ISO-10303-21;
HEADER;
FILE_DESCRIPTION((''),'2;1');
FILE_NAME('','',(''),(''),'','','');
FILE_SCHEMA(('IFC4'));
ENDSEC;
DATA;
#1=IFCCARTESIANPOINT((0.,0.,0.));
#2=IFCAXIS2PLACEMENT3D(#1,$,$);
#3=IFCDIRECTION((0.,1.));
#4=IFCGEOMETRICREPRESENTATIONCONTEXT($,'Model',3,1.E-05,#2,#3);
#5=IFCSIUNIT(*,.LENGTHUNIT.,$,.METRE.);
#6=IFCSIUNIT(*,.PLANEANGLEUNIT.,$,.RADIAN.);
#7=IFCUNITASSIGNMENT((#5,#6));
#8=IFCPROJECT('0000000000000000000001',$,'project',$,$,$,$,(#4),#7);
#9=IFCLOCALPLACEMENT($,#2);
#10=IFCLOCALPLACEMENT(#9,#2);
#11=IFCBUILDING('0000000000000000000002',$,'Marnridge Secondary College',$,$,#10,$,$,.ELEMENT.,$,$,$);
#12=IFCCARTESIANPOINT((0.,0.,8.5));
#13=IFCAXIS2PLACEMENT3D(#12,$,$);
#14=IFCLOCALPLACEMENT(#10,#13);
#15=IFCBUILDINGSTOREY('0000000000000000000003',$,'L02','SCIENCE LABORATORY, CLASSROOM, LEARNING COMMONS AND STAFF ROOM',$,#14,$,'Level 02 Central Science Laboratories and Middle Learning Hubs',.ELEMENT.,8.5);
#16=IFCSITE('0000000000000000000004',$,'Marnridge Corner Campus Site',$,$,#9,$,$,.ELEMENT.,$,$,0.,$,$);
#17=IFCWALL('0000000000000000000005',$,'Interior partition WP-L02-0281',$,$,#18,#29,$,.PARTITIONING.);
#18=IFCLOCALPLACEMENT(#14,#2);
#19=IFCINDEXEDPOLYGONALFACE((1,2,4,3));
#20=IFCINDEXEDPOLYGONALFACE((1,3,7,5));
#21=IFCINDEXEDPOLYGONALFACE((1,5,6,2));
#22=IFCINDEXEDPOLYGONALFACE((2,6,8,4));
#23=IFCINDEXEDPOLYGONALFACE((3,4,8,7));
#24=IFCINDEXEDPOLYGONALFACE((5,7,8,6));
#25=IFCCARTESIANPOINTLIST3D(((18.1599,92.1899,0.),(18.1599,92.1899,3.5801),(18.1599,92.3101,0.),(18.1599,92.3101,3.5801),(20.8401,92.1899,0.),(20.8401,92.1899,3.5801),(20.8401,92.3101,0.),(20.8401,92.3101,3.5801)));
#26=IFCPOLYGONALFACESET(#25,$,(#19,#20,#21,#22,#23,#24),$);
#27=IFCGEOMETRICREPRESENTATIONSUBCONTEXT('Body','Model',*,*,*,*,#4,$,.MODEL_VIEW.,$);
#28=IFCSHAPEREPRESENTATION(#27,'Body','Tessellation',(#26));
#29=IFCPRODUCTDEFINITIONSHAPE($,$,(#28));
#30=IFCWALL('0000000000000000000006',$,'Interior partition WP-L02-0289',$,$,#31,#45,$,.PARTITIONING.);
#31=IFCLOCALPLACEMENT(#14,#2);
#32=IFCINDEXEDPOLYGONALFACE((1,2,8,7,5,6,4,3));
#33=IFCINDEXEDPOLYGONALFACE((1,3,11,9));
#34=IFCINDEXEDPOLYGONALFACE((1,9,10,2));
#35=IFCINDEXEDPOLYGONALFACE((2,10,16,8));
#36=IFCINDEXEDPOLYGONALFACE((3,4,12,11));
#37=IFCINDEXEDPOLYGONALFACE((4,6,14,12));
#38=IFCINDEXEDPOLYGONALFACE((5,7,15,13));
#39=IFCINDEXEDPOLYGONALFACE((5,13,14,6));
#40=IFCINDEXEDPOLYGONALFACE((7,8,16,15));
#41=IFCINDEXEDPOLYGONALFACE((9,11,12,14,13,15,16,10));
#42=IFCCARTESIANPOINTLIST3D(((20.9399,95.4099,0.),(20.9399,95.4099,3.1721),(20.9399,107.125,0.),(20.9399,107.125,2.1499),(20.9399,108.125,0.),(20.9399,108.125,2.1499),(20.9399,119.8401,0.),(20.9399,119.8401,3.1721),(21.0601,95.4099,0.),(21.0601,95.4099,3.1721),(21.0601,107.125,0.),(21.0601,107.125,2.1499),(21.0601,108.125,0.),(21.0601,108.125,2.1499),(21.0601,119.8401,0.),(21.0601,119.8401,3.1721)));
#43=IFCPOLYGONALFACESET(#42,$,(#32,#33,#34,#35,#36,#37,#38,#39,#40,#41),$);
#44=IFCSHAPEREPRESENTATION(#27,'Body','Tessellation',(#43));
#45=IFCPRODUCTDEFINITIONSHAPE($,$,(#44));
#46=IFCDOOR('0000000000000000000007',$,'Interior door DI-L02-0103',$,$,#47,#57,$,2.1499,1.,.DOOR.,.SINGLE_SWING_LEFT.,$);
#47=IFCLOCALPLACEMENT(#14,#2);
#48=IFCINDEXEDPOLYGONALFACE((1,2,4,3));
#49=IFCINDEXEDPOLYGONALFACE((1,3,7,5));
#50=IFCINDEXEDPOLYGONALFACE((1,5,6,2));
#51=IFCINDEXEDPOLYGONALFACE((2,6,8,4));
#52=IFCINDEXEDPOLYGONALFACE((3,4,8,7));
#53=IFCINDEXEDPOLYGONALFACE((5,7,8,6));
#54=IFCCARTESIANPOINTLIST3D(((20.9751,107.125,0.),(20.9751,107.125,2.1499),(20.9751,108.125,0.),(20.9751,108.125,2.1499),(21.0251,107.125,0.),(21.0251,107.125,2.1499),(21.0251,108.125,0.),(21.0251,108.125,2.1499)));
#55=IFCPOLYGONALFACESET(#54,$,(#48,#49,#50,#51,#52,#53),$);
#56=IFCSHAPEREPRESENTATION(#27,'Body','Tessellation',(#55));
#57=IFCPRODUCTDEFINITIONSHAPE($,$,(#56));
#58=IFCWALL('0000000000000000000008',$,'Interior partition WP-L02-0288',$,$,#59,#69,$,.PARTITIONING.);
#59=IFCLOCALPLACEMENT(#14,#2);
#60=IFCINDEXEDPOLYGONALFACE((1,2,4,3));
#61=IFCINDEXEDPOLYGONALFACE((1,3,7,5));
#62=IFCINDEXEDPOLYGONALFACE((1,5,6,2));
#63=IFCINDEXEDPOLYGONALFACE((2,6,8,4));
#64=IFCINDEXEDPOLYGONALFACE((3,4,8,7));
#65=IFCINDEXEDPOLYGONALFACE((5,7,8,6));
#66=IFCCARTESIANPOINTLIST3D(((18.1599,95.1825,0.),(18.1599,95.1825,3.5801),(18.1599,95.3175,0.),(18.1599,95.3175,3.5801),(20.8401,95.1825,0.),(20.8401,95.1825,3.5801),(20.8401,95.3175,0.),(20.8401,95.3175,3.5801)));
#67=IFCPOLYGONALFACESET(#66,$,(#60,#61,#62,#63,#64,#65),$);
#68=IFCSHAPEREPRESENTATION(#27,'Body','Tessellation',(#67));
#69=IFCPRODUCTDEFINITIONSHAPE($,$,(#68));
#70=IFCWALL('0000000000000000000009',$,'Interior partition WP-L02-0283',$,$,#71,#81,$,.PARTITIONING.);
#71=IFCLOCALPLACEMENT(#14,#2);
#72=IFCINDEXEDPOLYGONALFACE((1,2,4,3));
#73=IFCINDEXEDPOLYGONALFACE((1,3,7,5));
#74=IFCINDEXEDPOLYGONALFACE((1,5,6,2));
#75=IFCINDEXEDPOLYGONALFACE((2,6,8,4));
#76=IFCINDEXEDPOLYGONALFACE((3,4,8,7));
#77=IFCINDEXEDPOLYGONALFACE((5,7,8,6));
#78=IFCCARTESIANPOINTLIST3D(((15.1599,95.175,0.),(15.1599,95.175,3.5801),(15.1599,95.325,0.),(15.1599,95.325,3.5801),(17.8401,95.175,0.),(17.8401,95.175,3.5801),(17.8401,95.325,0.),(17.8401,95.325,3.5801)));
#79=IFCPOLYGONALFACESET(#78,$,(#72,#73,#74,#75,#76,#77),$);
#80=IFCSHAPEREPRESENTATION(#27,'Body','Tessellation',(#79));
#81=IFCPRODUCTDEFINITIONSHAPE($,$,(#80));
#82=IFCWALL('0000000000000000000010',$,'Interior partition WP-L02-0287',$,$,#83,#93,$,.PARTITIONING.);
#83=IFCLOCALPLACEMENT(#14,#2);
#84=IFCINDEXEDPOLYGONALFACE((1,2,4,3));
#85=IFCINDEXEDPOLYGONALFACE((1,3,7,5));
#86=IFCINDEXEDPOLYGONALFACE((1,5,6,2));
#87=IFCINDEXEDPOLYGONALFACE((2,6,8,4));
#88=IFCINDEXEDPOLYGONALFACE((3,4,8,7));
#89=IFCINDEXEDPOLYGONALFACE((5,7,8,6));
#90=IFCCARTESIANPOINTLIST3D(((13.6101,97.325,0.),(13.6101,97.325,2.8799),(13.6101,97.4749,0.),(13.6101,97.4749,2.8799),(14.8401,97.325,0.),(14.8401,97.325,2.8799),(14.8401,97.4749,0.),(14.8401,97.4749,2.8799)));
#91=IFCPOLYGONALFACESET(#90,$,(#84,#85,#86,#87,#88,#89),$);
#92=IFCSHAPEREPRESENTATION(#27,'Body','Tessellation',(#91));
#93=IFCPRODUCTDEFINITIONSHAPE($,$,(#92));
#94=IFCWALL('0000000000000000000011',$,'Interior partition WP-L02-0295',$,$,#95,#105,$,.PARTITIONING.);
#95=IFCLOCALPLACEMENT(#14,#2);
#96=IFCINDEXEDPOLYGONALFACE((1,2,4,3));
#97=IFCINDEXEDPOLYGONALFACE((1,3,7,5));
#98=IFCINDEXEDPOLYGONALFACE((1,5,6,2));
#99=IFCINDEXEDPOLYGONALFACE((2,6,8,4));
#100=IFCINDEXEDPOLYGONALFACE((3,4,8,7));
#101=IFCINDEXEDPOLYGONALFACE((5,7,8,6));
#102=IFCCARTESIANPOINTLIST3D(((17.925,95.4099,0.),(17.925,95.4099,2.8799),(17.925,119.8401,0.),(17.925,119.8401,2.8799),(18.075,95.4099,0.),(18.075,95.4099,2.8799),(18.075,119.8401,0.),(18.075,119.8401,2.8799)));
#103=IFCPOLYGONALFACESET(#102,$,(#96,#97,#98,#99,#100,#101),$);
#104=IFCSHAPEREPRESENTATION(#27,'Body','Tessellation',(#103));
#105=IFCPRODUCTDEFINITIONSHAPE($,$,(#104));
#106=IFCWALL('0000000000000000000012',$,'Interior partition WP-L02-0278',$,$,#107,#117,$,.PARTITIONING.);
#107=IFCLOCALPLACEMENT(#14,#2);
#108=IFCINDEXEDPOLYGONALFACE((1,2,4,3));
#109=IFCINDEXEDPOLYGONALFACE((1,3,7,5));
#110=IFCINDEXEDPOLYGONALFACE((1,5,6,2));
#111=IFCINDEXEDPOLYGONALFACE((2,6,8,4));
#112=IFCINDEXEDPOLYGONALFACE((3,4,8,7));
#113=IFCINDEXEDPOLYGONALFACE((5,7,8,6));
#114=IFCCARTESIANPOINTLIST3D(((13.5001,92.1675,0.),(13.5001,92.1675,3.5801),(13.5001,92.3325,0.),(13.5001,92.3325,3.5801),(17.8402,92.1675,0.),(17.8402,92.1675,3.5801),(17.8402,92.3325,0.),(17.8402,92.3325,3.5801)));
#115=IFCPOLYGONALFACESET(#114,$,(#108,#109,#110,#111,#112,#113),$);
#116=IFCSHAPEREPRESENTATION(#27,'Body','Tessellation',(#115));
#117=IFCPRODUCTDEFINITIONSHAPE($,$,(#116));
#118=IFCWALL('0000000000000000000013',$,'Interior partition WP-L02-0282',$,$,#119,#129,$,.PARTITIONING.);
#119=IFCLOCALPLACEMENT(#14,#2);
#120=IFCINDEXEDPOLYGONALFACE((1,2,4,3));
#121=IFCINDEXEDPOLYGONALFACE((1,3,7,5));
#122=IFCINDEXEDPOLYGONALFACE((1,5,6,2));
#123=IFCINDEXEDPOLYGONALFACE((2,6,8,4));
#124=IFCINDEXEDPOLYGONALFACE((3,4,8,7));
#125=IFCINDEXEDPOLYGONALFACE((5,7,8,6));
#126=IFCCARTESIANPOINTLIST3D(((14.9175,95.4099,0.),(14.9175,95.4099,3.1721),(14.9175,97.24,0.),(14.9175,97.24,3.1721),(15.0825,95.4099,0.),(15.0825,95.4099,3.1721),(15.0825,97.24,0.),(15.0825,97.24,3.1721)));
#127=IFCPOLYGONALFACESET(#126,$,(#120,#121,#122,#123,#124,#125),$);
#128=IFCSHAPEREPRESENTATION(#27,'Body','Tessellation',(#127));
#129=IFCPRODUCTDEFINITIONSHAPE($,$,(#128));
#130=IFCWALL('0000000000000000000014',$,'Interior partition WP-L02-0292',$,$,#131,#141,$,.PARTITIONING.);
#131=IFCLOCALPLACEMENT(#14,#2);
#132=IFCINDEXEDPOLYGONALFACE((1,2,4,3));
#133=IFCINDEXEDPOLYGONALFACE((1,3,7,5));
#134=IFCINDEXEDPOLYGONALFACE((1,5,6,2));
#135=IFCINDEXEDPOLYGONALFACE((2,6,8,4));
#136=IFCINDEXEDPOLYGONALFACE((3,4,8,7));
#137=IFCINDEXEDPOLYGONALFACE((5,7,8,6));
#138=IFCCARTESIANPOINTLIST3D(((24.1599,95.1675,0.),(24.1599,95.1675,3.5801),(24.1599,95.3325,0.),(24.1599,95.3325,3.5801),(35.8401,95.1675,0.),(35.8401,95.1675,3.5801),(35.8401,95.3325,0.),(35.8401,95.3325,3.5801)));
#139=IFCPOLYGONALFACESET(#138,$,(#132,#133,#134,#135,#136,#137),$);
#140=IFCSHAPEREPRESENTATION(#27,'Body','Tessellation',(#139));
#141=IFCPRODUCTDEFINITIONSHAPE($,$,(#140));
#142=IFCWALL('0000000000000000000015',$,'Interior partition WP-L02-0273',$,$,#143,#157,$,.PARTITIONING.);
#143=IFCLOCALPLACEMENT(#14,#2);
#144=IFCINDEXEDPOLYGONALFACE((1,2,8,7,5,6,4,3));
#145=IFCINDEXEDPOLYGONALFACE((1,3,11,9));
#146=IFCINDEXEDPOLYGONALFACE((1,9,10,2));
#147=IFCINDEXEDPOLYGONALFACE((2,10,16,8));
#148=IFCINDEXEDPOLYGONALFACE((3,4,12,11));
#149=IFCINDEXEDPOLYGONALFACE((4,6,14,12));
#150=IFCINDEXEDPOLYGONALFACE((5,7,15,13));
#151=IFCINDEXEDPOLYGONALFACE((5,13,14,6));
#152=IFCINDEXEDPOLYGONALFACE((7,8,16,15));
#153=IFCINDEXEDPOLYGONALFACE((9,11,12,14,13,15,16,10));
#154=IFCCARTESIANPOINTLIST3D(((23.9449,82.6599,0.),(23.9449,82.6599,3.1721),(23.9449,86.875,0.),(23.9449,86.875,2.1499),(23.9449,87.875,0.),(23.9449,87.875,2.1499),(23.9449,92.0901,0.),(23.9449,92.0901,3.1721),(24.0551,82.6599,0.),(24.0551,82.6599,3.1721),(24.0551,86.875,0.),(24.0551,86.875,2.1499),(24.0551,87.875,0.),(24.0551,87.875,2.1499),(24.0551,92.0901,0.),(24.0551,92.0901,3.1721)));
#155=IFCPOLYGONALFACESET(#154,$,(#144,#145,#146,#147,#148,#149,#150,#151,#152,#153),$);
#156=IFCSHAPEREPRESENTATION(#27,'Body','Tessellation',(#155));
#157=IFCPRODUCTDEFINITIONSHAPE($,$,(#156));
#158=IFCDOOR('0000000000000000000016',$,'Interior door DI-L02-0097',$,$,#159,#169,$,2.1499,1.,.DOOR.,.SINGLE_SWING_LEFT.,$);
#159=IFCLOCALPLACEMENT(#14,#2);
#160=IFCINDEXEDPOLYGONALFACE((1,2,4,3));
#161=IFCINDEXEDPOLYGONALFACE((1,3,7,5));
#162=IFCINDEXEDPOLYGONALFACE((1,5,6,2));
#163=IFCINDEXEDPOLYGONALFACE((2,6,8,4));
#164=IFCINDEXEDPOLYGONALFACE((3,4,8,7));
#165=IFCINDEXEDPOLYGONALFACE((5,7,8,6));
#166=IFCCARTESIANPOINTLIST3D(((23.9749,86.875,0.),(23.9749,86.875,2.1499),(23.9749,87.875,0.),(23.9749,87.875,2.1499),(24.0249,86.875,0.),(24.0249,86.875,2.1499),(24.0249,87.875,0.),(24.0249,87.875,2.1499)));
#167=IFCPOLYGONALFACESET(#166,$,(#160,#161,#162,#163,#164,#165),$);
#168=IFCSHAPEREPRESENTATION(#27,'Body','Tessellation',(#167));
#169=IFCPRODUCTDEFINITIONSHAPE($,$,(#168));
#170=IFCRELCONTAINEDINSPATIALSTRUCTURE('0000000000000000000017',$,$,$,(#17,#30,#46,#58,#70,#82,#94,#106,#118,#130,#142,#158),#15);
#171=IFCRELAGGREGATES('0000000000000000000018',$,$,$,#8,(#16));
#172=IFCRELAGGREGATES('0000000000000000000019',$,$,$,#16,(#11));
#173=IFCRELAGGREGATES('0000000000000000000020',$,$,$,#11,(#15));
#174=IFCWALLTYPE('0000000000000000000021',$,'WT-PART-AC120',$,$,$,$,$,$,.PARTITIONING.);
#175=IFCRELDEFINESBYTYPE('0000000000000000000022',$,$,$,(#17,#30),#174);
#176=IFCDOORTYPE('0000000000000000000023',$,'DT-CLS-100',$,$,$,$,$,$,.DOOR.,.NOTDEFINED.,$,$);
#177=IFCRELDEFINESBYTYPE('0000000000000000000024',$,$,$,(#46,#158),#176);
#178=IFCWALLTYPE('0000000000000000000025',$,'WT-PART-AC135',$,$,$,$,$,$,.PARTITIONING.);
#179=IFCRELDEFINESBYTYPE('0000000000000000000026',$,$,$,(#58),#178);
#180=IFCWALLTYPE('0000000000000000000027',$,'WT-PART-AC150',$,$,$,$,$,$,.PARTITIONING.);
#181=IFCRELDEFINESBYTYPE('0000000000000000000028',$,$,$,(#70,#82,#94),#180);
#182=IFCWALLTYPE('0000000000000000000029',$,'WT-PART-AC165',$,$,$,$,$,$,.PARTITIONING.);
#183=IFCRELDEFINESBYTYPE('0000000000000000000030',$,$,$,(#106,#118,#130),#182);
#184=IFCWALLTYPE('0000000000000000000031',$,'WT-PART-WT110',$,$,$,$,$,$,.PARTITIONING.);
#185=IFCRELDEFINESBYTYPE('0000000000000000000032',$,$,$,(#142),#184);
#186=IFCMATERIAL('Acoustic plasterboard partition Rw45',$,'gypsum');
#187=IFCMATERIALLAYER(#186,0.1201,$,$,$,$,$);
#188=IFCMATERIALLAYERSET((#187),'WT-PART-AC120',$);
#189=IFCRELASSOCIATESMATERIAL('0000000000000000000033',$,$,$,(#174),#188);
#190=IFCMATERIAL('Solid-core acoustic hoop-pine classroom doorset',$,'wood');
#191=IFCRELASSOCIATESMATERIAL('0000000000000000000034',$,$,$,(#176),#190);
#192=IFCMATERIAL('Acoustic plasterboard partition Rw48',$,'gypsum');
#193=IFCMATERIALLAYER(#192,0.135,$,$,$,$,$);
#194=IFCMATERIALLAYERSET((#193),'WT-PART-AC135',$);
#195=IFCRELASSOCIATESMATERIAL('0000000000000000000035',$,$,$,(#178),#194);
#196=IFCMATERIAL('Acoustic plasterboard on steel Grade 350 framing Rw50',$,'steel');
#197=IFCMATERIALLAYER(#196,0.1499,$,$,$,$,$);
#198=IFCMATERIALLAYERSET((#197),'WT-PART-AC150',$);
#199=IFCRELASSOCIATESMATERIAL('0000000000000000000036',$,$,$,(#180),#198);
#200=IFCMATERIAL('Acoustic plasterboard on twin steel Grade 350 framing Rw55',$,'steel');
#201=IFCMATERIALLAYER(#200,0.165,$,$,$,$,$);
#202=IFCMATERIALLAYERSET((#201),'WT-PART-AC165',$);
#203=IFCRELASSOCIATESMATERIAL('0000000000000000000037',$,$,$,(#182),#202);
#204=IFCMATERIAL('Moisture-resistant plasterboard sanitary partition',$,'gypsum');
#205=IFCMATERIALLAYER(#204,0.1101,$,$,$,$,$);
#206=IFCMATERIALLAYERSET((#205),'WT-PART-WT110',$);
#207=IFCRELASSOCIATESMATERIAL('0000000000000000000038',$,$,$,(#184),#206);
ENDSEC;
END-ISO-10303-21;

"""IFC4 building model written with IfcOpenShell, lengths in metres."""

from ifc_helpers import new_model, si_unit, direction, frame, frame_2d, origin, place, context, subcontext, project, spatial, rectangle, extrude, material, layer, layer_set, type_object, element, fill, save


model = new_model("IFC4")

# Units and contexts
model_context = context("Model", 3, precision=1e-05, world=origin(), true_north=direction((0.0, 1.0)))
body_context = subcontext(model_context, "Body", "Model", "MODEL_VIEW")
ifc_project = project(units=[si_unit("LENGTHUNIT", "METRE"), si_unit("PLANEANGLEUNIT", "RADIAN")], contexts=[model_context])

# Site, building, storey
site_placement = place(None, origin())
site = spatial("IfcSite", under=ifc_project, at=site_placement, Name="Marnridge Corner Campus Site", CompositionType="ELEMENT", RefElevation=0.0)
building_placement = place(site_placement, origin())
building = spatial("IfcBuilding", under=site, at=building_placement, Name="Marnridge Secondary College", CompositionType="ELEMENT")
storey_placement = place(building_placement, frame((0.0, 0.0, 8.5)))
storey = spatial("IfcBuildingStorey", under=building, at=storey_placement, Name="L02", Description="SCIENCE LABORATORY, CLASSROOM, LEARNING COMMONS AND STAFF ROOM", LongName="Level 02 Central Science Laboratories and Middle Learning Hubs", CompositionType="ELEMENT", Elevation=8.5)

# Wall
ifc_material_1 = material(Name="Acoustic plasterboard partition Rw45", Category="gypsum")
ifc_layer_1 = layer(ifc_material_1, 0.1201)
ifc_layer_set_1 = layer_set([ifc_layer_1], Name="WT-PART-AC120")
wall_type_1 = type_object("IfcWallType", Name="WT-PART-AC120", PredefinedType="PARTITIONING", material=ifc_layer_set_1)
wall_1_placement = place(storey_placement, frame((20.8401, 92.25, 0.0), z_axis=(0.0, 0.0, 1.0), x_axis=(-1.0, 0.0, 0.0)))
element("IfcWall", 1, at=wall_1_placement, inside=storey, type_object=wall_type_1, Name="Interior partition WP-L02-0281", PredefinedType="PARTITIONING", context=body_context, shape_type="SweptSolid", body=[
    extrude(rectangle(XDim=2.6802, YDim=0.1201, at=frame_2d((1.3401, 0.0))), origin(), (0.0, 0.0, 1.0), 3.5801),
])

# Wall, opening, door
wall_2_placement = place(storey_placement, frame((21.0, 95.4099, 0.0), z_axis=(0.0, 0.0, 1.0), x_axis=(0.0, 1.0, 0.0)))
wall_2 = element("IfcWall", 2, at=wall_2_placement, inside=storey, type_object=wall_type_1, Name="Interior partition WP-L02-0289", PredefinedType="PARTITIONING", context=body_context, shape_type="SweptSolid", body=[
    extrude(rectangle(XDim=24.4302, YDim=0.1201, at=frame_2d((12.2151, 0.0))), origin(), (0.0, 0.0, 1.0), 3.1721),
])
opening_1_placement = place(wall_2_placement, frame((11.7151, 0.0, 0.0)))
opening_1 = element("IfcOpeningElement", 3, at=opening_1_placement, cuts=wall_2, PredefinedType="OPENING", context=body_context, shape_type="SweptSolid", body=[
    extrude(rectangle(XDim=1.0, YDim=2.1499, at=frame_2d((0.5, 1.075))), frame((0.0, 0.0701, 0.0), z_axis=(0.0, -1.0, 0.0), x_axis=(1.0, 0.0, 0.0)), (0.0, 0.0, 1.0), 0.1401),
])
ifc_material_2 = material(Name="Solid-core acoustic hoop-pine classroom doorset", Category="wood")
door_type = type_object("IfcDoorType", Name="DT-CLS-100", OperationType="NOTDEFINED", PredefinedType="DOOR", material=ifc_material_2)
door_1_placement = place(opening_1_placement, origin())
door_1 = element("IfcDoor", 4, at=door_1_placement, inside=storey, type_object=door_type, Name="Interior door DI-L02-0103", OperationType="SINGLE_SWING_LEFT", OverallHeight=2.1499, OverallWidth=1.0, PredefinedType="DOOR", context=body_context, shape_type="SweptSolid", body=[
    extrude(rectangle(XDim=1.0, YDim=2.1499, at=frame_2d((0.5, 1.075))), frame((0.0, 0.0249, 0.0), z_axis=(0.0, -1.0, 0.0), x_axis=(1.0, 0.0, 0.0)), (0.0, 0.0, 1.0), 0.05),
])
fill(opening_1, door_1)

# Walls
ifc_material_3 = material(Name="Acoustic plasterboard partition Rw48", Category="gypsum")
ifc_layer_2 = layer(ifc_material_3, 0.135)
ifc_layer_set_2 = layer_set([ifc_layer_2], Name="WT-PART-AC135")
wall_type_2 = type_object("IfcWallType", Name="WT-PART-AC135", PredefinedType="PARTITIONING", material=ifc_layer_set_2)
wall_3_placement = place(storey_placement, frame((18.1599, 95.25, 0.0), z_axis=(0.0, 0.0, 1.0), x_axis=(1.0, 0.0, 0.0)))
element("IfcWall", 5, at=wall_3_placement, inside=storey, type_object=wall_type_2, Name="Interior partition WP-L02-0288", PredefinedType="PARTITIONING", context=body_context, shape_type="SweptSolid", body=[
    extrude(rectangle(XDim=2.6802, YDim=0.135, at=frame_2d((1.3401, 0.0))), origin(), (0.0, 0.0, 1.0), 3.5801),
])
ifc_material_4 = material(Name="Acoustic plasterboard on steel Grade 350 framing Rw50", Category="steel")
ifc_layer_3 = layer(ifc_material_4, 0.1499)
ifc_layer_set_3 = layer_set([ifc_layer_3], Name="WT-PART-AC150")
wall_type_3 = type_object("IfcWallType", Name="WT-PART-AC150", PredefinedType="PARTITIONING", material=ifc_layer_set_3)
wall_4_placement = place(storey_placement, frame((15.1599, 95.25, 0.0), z_axis=(0.0, 0.0, 1.0), x_axis=(1.0, 0.0, 0.0)))
element("IfcWall", 6, at=wall_4_placement, inside=storey, type_object=wall_type_3, Name="Interior partition WP-L02-0283", PredefinedType="PARTITIONING", context=body_context, shape_type="SweptSolid", body=[
    extrude(rectangle(XDim=2.6802, YDim=0.1499, at=frame_2d((1.3401, 0.0))), origin(), (0.0, 0.0, 1.0), 3.5801),
])
wall_5_placement = place(storey_placement, frame((13.6101, 97.3999, 0.0), z_axis=(0.0, 0.0, 1.0), x_axis=(1.0, 0.0, 0.0)))
element("IfcWall", 7, at=wall_5_placement, inside=storey, type_object=wall_type_3, Name="Interior partition WP-L02-0287", PredefinedType="PARTITIONING", context=body_context, shape_type="SweptSolid", body=[
    extrude(rectangle(XDim=1.23, YDim=0.1499, at=frame_2d((0.615, 0.0))), origin(), (0.0, 0.0, 1.0), 2.8799),
])
wall_6_placement = place(storey_placement, frame((18.0, 95.4099, 0.0), z_axis=(0.0, 0.0, 1.0), x_axis=(0.0, 1.0, 0.0)))
element("IfcWall", 8, at=wall_6_placement, inside=storey, type_object=wall_type_3, Name="Interior partition WP-L02-0295", PredefinedType="PARTITIONING", context=body_context, shape_type="SweptSolid", body=[
    extrude(rectangle(XDim=24.4302, YDim=0.1499, at=frame_2d((12.2151, 0.0))), origin(), (0.0, 0.0, 1.0), 2.8799),
])
ifc_material_5 = material(Name="Acoustic plasterboard on twin steel Grade 350 framing Rw55", Category="steel")
ifc_layer_4 = layer(ifc_material_5, 0.165)
ifc_layer_set_4 = layer_set([ifc_layer_4], Name="WT-PART-AC165")
wall_type_4 = type_object("IfcWallType", Name="WT-PART-AC165", PredefinedType="PARTITIONING", material=ifc_layer_set_4)
wall_7_placement = place(storey_placement, frame((17.8401, 92.25, 0.0), z_axis=(0.0, 0.0, 1.0), x_axis=(-1.0, 0.0, 0.0)))
element("IfcWall", 9, at=wall_7_placement, inside=storey, type_object=wall_type_4, Name="Interior partition WP-L02-0278", PredefinedType="PARTITIONING", context=body_context, shape_type="SweptSolid", body=[
    extrude(rectangle(XDim=4.3401, YDim=0.165, at=frame_2d((2.1699, 0.0))), origin(), (0.0, 0.0, 1.0), 3.5801),
])
wall_8_placement = place(storey_placement, frame((15.0, 97.24, 0.0), z_axis=(0.0, 0.0, 1.0), x_axis=(0.0, -1.0, 0.0)))
element("IfcWall", 10, at=wall_8_placement, inside=storey, type_object=wall_type_4, Name="Interior partition WP-L02-0282", PredefinedType="PARTITIONING", context=body_context, shape_type="SweptSolid", body=[
    extrude(rectangle(XDim=1.8301, YDim=0.165, at=frame_2d((0.915, 0.0))), origin(), (0.0, 0.0, 1.0), 3.1721),
])
wall_9_placement = place(storey_placement, frame((24.1599, 95.25, 0.0), z_axis=(0.0, 0.0, 1.0), x_axis=(1.0, 0.0, 0.0)))
element("IfcWall", 11, at=wall_9_placement, inside=storey, type_object=wall_type_4, Name="Interior partition WP-L02-0292", PredefinedType="PARTITIONING", context=body_context, shape_type="SweptSolid", body=[
    extrude(rectangle(XDim=11.6802, YDim=0.165, at=frame_2d((5.8401, 0.0))), origin(), (0.0, 0.0, 1.0), 3.5801),
])

# Wall, opening, door
ifc_material_6 = material(Name="Moisture-resistant plasterboard sanitary partition", Category="gypsum")
ifc_layer_5 = layer(ifc_material_6, 0.1101)
ifc_layer_set_5 = layer_set([ifc_layer_5], Name="WT-PART-WT110")
wall_type_5 = type_object("IfcWallType", Name="WT-PART-WT110", PredefinedType="PARTITIONING", material=ifc_layer_set_5)
wall_10_placement = place(storey_placement, frame((24.0, 92.0901, 0.0), z_axis=(0.0, 0.0, 1.0), x_axis=(0.0, -1.0, 0.0)))
wall_10 = element("IfcWall", 12, at=wall_10_placement, inside=storey, type_object=wall_type_5, Name="Interior partition WP-L02-0273", PredefinedType="PARTITIONING", context=body_context, shape_type="SweptSolid", body=[
    extrude(rectangle(XDim=9.4302, YDim=0.1101, at=frame_2d((4.7151, 0.0))), origin(), (0.0, 0.0, 1.0), 3.1721),
])
opening_2_placement = place(wall_10_placement, frame((4.2151, 0.0, 0.0)))
opening_2 = element("IfcOpeningElement", 13, at=opening_2_placement, cuts=wall_10, PredefinedType="OPENING", context=body_context, shape_type="SweptSolid", body=[
    extrude(rectangle(XDim=1.0, YDim=2.1499, at=frame_2d((0.5, 1.075))), frame((0.0, 0.0649, 0.0), z_axis=(0.0, -1.0, 0.0), x_axis=(1.0, 0.0, 0.0)), (0.0, 0.0, 1.0), 0.1301),
])
door_2_placement = place(opening_2_placement, origin())
door_2 = element("IfcDoor", 14, at=door_2_placement, inside=storey, type_object=door_type, Name="Interior door DI-L02-0097", OperationType="SINGLE_SWING_LEFT", OverallHeight=2.1499, OverallWidth=1.0, PredefinedType="DOOR", context=body_context, shape_type="SweptSolid", body=[
    extrude(rectangle(XDim=1.0, YDim=2.1499, at=frame_2d((0.5, 1.075))), frame((0.0, 0.0249, 0.0), z_axis=(0.0, -1.0, 0.0), x_axis=(1.0, 0.0, 0.0)), (0.0, 0.0, 1.0), 0.05),
])
fill(opening_2, door_2)

save(model, "model.ifc")
